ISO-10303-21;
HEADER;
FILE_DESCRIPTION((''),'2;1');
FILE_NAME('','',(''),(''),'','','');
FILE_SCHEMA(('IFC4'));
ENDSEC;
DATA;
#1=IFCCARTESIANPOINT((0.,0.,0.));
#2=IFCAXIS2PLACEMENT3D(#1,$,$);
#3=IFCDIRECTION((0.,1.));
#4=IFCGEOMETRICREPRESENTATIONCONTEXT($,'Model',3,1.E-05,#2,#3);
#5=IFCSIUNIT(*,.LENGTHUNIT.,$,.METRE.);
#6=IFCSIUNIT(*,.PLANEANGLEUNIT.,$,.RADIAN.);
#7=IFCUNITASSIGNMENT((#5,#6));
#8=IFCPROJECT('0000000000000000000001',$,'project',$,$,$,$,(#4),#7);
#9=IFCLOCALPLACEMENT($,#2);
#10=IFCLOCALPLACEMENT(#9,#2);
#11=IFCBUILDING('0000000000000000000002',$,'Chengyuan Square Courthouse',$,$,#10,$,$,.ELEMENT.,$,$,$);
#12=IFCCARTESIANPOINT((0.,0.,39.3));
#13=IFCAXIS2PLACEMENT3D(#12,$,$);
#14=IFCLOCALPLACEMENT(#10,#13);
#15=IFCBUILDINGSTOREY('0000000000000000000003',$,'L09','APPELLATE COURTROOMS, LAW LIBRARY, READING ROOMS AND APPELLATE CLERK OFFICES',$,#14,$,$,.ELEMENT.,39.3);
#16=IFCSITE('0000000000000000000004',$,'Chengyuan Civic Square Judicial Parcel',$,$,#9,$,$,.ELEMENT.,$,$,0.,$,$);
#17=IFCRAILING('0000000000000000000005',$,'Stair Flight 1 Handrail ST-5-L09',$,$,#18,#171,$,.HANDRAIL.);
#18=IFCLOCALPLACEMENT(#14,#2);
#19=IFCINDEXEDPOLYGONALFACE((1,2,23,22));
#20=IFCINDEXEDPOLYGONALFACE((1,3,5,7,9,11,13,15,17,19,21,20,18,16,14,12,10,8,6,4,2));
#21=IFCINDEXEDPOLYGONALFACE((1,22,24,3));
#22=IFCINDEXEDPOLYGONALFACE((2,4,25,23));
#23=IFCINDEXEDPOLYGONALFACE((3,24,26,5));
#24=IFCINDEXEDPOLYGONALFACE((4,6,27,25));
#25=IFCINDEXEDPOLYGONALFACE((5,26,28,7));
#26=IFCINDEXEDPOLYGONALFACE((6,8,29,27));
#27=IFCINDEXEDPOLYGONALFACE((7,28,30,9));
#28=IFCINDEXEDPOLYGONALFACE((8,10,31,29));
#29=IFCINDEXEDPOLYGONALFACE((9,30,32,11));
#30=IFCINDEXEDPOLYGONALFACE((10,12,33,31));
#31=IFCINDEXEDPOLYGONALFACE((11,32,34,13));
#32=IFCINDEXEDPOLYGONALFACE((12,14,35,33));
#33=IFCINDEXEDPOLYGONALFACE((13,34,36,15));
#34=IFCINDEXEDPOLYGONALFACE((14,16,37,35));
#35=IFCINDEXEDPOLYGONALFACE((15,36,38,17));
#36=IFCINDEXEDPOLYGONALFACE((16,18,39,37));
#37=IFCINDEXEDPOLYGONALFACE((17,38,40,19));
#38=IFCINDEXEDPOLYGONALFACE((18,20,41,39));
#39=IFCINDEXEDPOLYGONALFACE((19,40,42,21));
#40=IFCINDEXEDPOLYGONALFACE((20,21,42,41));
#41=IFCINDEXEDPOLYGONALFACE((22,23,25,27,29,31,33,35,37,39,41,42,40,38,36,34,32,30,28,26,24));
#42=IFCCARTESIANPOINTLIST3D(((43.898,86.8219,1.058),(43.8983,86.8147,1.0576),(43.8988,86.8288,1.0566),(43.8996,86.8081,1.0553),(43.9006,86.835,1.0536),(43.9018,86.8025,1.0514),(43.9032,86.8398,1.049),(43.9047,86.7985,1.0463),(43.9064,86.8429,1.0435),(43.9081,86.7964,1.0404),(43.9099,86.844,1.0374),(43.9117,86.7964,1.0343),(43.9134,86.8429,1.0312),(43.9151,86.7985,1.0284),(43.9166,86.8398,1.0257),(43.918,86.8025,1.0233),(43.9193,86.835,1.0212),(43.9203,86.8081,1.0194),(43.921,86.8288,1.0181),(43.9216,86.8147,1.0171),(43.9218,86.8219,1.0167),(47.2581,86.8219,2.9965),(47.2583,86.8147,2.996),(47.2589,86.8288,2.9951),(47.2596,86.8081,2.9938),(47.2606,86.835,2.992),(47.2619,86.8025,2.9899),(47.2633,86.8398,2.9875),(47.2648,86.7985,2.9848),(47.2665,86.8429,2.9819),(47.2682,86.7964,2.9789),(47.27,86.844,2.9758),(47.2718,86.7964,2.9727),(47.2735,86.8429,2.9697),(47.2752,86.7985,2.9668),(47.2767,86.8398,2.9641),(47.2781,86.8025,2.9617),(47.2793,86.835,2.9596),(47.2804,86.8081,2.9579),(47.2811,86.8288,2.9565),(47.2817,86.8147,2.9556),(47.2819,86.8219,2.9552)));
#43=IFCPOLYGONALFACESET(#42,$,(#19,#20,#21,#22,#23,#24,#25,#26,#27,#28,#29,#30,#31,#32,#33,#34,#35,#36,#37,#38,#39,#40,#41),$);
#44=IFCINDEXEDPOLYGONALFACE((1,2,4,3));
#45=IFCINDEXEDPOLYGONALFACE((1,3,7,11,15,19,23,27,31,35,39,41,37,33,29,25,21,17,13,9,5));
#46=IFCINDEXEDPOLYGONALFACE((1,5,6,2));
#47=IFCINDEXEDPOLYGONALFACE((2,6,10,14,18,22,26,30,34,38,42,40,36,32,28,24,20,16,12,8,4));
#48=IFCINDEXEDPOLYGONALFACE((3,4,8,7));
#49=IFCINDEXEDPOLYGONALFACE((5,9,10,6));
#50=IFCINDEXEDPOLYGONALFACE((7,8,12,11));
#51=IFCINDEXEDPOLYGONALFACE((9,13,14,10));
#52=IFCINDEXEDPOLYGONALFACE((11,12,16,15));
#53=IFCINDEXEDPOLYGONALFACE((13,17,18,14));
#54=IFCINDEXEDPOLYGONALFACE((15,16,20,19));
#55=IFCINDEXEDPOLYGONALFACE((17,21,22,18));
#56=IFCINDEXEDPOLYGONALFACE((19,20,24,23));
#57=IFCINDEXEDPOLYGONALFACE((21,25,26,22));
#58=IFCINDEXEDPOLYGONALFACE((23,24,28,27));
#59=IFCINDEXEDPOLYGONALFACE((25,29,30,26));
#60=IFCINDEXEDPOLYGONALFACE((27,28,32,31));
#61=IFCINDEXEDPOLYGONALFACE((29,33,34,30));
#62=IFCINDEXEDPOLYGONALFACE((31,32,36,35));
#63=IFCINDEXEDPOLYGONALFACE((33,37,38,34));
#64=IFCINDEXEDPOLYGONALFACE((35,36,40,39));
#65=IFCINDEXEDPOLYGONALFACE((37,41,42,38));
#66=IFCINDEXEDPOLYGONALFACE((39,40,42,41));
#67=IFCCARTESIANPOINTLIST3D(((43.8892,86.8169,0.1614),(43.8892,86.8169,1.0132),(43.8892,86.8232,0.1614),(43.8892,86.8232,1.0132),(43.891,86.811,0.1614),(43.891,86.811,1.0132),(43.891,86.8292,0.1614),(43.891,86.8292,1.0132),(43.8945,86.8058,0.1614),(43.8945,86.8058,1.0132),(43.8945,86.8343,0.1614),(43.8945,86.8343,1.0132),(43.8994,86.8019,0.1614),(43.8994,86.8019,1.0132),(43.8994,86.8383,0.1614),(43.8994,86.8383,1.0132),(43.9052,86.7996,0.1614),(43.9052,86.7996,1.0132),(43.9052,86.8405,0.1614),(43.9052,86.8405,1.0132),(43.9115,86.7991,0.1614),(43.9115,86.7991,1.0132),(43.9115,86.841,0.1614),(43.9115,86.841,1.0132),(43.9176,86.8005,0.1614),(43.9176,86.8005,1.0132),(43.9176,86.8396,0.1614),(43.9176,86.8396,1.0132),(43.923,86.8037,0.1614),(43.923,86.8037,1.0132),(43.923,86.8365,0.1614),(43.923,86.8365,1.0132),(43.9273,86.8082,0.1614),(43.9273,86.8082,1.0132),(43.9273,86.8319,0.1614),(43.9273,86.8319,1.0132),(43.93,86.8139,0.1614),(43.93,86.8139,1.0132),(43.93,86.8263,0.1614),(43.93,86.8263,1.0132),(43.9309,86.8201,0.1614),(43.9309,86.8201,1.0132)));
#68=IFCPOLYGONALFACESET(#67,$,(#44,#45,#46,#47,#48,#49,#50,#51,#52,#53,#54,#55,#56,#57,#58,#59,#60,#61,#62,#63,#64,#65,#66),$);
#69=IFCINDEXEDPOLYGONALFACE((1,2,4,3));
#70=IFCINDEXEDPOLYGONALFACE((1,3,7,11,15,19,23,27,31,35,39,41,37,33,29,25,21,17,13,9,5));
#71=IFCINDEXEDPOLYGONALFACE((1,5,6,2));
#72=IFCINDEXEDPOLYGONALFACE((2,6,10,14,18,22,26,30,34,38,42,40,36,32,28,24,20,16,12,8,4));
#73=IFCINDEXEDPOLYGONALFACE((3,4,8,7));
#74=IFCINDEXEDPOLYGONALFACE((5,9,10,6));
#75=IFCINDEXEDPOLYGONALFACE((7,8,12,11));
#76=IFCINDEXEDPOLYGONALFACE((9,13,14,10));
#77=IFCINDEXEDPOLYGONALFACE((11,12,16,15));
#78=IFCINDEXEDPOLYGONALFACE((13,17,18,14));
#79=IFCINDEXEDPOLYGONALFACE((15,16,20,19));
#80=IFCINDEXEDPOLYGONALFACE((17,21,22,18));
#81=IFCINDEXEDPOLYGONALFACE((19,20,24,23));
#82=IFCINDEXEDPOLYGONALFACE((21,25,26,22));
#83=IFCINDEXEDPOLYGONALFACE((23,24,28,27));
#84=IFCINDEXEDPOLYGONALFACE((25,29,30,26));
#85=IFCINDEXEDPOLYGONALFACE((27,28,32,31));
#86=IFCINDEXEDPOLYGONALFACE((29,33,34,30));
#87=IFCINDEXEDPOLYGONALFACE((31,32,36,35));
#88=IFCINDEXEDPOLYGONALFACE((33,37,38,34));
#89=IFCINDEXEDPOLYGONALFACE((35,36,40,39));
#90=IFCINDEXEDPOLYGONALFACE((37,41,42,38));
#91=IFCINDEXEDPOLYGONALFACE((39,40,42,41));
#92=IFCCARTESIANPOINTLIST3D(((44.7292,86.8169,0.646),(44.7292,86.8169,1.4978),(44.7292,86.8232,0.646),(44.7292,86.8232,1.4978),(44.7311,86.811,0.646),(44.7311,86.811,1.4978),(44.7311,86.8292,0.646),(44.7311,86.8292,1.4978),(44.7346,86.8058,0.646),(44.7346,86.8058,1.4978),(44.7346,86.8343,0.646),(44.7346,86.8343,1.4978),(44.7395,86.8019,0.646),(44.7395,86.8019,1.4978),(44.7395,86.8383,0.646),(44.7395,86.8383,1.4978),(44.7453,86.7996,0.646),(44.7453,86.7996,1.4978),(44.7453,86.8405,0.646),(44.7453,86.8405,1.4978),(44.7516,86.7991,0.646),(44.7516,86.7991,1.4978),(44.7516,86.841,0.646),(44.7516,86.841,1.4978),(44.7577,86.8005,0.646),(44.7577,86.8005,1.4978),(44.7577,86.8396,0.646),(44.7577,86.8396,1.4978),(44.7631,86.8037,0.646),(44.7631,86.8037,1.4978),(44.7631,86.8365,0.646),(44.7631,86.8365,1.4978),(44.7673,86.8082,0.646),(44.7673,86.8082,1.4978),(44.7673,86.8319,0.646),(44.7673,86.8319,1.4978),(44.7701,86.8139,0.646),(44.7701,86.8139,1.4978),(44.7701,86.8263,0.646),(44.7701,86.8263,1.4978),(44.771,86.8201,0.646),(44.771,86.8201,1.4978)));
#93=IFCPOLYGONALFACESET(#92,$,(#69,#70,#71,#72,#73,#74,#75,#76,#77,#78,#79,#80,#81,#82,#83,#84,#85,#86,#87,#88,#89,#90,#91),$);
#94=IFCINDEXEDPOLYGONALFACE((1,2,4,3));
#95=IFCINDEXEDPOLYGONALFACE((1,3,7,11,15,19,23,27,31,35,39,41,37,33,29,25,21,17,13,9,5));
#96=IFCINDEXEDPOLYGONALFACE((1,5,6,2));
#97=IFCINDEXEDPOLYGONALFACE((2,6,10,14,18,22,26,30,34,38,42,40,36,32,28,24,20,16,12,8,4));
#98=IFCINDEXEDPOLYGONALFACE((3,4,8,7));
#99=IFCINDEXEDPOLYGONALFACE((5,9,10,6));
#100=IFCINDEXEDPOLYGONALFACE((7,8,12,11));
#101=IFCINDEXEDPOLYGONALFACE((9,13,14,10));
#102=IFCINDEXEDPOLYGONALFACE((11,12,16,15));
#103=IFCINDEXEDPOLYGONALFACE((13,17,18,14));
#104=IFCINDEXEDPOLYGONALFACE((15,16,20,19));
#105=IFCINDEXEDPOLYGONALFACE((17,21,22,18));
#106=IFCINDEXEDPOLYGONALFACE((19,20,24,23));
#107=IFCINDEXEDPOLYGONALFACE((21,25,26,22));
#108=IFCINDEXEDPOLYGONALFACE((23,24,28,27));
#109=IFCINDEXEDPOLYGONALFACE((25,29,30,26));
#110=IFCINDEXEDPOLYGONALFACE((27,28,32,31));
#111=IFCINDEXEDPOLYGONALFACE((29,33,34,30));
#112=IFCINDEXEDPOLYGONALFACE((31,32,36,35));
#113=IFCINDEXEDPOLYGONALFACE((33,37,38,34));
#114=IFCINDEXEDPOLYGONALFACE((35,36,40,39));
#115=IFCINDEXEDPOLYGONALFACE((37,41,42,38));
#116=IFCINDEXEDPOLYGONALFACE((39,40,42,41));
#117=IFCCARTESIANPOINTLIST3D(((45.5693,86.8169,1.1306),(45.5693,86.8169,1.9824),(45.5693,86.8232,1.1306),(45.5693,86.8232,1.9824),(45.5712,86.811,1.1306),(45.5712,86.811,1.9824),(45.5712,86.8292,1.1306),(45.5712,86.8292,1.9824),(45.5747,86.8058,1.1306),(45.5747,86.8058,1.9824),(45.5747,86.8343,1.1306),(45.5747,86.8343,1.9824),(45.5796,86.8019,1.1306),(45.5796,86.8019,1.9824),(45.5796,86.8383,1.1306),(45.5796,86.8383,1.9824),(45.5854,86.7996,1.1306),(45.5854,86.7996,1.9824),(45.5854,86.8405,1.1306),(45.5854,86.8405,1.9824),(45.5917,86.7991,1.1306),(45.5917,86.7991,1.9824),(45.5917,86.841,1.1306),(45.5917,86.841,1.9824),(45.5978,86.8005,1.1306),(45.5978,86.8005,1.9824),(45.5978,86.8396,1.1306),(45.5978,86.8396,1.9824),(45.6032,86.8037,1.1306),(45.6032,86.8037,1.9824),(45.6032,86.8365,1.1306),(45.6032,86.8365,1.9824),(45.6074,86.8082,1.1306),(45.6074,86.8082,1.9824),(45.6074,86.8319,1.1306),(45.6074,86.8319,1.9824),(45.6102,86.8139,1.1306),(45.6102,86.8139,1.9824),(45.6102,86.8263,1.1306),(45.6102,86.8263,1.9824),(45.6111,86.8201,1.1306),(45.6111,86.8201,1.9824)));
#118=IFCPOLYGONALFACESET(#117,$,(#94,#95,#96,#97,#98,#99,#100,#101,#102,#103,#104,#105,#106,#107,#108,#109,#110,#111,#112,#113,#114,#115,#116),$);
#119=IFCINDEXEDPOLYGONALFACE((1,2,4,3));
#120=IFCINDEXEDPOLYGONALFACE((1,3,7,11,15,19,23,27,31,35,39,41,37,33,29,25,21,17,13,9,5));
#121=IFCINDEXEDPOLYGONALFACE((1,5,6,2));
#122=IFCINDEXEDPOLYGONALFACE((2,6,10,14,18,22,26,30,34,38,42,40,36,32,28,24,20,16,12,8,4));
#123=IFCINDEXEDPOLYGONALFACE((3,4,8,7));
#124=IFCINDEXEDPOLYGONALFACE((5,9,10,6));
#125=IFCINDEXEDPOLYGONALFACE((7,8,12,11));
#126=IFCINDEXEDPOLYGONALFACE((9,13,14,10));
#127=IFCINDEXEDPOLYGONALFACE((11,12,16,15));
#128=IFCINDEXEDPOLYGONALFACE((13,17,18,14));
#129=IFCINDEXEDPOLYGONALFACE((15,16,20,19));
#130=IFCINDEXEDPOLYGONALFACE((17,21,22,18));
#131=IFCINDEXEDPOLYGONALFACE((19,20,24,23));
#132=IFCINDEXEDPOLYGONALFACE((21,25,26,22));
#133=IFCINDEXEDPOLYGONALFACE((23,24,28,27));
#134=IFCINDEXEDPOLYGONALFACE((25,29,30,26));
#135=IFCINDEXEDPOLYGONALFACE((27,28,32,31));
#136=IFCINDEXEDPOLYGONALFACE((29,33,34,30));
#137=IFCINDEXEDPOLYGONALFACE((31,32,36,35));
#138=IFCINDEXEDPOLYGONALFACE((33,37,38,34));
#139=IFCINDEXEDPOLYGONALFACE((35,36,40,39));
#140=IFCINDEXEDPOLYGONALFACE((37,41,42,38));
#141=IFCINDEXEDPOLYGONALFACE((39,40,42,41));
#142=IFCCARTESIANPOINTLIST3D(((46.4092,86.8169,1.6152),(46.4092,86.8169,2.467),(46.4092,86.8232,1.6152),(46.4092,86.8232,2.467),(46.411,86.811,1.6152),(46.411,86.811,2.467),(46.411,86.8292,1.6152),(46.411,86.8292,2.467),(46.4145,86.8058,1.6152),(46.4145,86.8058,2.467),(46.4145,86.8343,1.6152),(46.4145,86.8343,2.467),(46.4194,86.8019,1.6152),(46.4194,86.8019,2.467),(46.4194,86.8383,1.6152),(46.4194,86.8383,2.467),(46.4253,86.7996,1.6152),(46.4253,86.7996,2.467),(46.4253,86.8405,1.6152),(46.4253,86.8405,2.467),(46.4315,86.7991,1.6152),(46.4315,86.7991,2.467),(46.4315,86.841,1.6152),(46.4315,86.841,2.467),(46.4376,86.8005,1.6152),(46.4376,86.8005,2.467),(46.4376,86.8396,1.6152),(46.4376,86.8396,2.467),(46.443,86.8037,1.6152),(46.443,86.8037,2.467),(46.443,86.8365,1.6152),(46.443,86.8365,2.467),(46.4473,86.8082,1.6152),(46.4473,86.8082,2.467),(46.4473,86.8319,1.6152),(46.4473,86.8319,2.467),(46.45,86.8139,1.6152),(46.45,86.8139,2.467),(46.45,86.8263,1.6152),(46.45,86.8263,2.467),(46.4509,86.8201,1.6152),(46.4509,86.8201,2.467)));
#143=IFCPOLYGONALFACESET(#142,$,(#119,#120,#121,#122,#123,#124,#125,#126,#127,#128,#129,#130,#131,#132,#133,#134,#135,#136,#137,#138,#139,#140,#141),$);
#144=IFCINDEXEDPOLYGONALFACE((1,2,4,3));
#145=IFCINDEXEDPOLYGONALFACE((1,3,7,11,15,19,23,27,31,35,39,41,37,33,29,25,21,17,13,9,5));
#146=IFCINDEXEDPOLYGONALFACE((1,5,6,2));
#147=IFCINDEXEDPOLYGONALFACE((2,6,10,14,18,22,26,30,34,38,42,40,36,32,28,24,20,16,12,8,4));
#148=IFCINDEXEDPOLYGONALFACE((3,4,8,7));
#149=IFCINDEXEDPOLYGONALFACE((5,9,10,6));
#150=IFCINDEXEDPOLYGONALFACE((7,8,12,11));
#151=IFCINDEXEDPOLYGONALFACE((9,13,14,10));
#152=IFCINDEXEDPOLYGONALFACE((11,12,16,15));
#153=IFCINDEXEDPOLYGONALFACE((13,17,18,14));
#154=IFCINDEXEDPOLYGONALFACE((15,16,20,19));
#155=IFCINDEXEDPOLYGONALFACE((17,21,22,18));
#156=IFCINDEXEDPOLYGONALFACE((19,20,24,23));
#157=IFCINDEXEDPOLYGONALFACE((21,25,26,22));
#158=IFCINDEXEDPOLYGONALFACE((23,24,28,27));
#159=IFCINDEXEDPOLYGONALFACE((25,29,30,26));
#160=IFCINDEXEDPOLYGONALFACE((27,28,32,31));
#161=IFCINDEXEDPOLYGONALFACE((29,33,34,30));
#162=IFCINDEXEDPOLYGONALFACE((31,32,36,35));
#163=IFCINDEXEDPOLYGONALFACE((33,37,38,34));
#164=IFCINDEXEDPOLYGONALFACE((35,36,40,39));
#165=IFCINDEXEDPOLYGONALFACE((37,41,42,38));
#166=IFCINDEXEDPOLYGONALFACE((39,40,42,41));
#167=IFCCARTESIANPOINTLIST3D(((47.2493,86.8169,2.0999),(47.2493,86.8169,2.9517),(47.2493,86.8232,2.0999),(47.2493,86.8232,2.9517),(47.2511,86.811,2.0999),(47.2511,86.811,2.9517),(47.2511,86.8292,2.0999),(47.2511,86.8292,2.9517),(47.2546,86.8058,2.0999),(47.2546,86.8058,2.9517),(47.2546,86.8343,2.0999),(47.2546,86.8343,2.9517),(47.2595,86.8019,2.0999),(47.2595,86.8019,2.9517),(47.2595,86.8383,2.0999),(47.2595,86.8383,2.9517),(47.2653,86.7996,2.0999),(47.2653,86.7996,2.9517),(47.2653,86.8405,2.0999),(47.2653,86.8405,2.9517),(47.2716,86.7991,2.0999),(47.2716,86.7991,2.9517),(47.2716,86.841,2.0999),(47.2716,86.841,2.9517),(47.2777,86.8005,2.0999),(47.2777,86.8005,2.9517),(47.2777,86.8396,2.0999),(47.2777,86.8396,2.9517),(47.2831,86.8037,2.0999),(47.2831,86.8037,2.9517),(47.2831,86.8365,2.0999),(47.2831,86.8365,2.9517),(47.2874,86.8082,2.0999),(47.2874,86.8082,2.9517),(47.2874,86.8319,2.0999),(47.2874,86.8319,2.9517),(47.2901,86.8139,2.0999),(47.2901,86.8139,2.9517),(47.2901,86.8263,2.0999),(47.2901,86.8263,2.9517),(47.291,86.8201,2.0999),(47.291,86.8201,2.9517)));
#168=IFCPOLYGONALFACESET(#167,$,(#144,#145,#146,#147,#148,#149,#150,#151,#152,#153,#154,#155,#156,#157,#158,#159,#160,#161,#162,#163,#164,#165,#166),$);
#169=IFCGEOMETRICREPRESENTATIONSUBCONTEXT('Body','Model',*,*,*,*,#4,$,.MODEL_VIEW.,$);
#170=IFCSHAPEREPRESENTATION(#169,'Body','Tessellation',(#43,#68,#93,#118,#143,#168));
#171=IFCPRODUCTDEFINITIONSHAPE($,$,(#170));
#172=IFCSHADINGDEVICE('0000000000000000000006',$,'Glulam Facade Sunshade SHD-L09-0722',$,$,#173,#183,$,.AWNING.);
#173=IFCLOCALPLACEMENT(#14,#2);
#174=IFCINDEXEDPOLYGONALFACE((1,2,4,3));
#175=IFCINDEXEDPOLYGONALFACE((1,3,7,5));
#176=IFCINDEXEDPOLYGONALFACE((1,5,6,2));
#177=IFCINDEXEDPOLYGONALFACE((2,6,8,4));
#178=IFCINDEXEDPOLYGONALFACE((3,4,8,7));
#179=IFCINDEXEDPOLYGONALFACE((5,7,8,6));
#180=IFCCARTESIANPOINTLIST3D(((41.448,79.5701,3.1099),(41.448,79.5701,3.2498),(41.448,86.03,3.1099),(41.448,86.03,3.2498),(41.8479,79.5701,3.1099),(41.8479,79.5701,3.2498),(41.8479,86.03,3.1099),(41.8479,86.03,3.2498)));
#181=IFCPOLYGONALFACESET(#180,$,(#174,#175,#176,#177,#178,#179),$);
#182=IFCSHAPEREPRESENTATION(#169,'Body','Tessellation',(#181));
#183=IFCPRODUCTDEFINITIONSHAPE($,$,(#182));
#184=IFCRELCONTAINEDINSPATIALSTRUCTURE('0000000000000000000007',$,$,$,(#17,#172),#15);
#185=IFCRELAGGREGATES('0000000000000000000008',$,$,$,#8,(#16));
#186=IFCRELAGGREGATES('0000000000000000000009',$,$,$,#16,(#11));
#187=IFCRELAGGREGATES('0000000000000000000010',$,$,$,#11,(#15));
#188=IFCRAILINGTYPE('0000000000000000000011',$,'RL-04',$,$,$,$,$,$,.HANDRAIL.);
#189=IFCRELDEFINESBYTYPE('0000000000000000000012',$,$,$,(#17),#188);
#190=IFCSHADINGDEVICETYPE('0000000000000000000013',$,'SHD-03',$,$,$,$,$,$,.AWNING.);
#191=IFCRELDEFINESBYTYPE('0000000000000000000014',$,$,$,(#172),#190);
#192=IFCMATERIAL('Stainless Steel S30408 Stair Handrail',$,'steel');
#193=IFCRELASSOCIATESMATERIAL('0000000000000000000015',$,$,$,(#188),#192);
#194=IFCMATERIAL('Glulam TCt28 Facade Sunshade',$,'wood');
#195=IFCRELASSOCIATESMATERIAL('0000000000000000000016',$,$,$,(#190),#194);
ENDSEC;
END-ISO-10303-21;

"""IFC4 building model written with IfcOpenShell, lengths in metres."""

from ifc_helpers import new_model, si_unit, direction, frame, origin, origin_2d, place, context, subcontext, project, spatial, rectangle, circle, extrude, material, type_object, element, save


model = new_model("IFC4")

# Units and contexts
model_context = context("Model", 3, precision=1e-05, world=origin(), true_north=direction((0.0, 1.0)))
body_context = subcontext(model_context, "Body", "Model", "MODEL_VIEW")
ifc_project = project(units=[si_unit("LENGTHUNIT", "METRE"), si_unit("PLANEANGLEUNIT", "RADIAN")], contexts=[model_context])

# Site, building, storey
site_placement = place(None, origin())
site = spatial("IfcSite", under=ifc_project, at=site_placement, Name="Chengyuan Civic Square Judicial Parcel", CompositionType="ELEMENT", RefElevation=0.0)
building_placement = place(site_placement, origin())
building = spatial("IfcBuilding", under=site, at=building_placement, Name="Chengyuan Square Courthouse", CompositionType="ELEMENT")
storey_placement = place(building_placement, frame((0.0, 0.0, 39.3)))
storey = spatial("IfcBuildingStorey", under=building, at=storey_placement, Name="L09", Description="APPELLATE COURTROOMS, LAW LIBRARY, READING ROOMS AND APPELLATE CLERK OFFICES", CompositionType="ELEMENT", Elevation=39.3)

# Railing
ifc_material_1 = material(Name="Stainless Steel S30408 Stair Handrail", Category="steel")
railing_type_1 = type_object("IfcRailingType", Name="RL-04", PredefinedType="HANDRAIL", material=ifc_material_1)
railing_1_placement = place(storey_placement, frame((43.9099, 86.8201, 0.1614)))
element("IfcRailing", 1, at=railing_1_placement, inside=storey, type_object=railing_type_1, Name="Stair Flight 1 Handrail ST-5-L09", PredefinedType="HANDRAIL", context=body_context, shape_type="SweptSolid", body=[
    extrude(circle(Radius=0.0239, at=origin_2d()), frame((0.0, 0.0, 0.876), z_axis=(0.866191, 0.0, 0.499713), x_axis=(0.0, 1.0, 0.0)), (0.0, 0.0, 1.0), 3.8792),
    extrude(circle(Radius=0.021, at=origin_2d()), origin(), (0.0, 0.0, 1.0), 0.8518),
    extrude(circle(Radius=0.021, at=origin_2d()), frame((0.8401, 0.0, 0.4846)), (0.0, 0.0, 1.0), 0.8518),
    extrude(circle(Radius=0.021, at=origin_2d()), frame((1.6802, 0.0, 0.9692)), (0.0, 0.0, 1.0), 0.8518),
    extrude(circle(Radius=0.021, at=origin_2d()), frame((2.52, 0.0, 1.4539)), (0.0, 0.0, 1.0), 0.8518),
    extrude(circle(Radius=0.021, at=origin_2d()), frame((3.3601, 0.0, 1.9385)), (0.0, 0.0, 1.0), 0.8518),
])

# Shading device
ifc_material_2 = material(Name="Glulam TCt28 Facade Sunshade", Category="wood")
shading_device_type = type_object("IfcShadingDeviceType", Name="SHD-03", PredefinedType="AWNING", material=ifc_material_2)
shading_device_placement = place(storey_placement, frame((41.6479, 82.8, 3.1099), z_axis=(0.0, 0.0, 1.0), x_axis=(0.0, 1.0, 0.0)))
element("IfcShadingDevice", 2, at=shading_device_placement, inside=storey, type_object=shading_device_type, Name="Glulam Facade Sunshade SHD-L09-0722", PredefinedType="AWNING", context=body_context, shape_type="SweptSolid", body=[
    extrude(rectangle(XDim=6.46, YDim=0.3999, at=origin_2d()), origin(), (0.0, 0.0, 1.0), 0.1399),
])

save(model, "model.ifc")
